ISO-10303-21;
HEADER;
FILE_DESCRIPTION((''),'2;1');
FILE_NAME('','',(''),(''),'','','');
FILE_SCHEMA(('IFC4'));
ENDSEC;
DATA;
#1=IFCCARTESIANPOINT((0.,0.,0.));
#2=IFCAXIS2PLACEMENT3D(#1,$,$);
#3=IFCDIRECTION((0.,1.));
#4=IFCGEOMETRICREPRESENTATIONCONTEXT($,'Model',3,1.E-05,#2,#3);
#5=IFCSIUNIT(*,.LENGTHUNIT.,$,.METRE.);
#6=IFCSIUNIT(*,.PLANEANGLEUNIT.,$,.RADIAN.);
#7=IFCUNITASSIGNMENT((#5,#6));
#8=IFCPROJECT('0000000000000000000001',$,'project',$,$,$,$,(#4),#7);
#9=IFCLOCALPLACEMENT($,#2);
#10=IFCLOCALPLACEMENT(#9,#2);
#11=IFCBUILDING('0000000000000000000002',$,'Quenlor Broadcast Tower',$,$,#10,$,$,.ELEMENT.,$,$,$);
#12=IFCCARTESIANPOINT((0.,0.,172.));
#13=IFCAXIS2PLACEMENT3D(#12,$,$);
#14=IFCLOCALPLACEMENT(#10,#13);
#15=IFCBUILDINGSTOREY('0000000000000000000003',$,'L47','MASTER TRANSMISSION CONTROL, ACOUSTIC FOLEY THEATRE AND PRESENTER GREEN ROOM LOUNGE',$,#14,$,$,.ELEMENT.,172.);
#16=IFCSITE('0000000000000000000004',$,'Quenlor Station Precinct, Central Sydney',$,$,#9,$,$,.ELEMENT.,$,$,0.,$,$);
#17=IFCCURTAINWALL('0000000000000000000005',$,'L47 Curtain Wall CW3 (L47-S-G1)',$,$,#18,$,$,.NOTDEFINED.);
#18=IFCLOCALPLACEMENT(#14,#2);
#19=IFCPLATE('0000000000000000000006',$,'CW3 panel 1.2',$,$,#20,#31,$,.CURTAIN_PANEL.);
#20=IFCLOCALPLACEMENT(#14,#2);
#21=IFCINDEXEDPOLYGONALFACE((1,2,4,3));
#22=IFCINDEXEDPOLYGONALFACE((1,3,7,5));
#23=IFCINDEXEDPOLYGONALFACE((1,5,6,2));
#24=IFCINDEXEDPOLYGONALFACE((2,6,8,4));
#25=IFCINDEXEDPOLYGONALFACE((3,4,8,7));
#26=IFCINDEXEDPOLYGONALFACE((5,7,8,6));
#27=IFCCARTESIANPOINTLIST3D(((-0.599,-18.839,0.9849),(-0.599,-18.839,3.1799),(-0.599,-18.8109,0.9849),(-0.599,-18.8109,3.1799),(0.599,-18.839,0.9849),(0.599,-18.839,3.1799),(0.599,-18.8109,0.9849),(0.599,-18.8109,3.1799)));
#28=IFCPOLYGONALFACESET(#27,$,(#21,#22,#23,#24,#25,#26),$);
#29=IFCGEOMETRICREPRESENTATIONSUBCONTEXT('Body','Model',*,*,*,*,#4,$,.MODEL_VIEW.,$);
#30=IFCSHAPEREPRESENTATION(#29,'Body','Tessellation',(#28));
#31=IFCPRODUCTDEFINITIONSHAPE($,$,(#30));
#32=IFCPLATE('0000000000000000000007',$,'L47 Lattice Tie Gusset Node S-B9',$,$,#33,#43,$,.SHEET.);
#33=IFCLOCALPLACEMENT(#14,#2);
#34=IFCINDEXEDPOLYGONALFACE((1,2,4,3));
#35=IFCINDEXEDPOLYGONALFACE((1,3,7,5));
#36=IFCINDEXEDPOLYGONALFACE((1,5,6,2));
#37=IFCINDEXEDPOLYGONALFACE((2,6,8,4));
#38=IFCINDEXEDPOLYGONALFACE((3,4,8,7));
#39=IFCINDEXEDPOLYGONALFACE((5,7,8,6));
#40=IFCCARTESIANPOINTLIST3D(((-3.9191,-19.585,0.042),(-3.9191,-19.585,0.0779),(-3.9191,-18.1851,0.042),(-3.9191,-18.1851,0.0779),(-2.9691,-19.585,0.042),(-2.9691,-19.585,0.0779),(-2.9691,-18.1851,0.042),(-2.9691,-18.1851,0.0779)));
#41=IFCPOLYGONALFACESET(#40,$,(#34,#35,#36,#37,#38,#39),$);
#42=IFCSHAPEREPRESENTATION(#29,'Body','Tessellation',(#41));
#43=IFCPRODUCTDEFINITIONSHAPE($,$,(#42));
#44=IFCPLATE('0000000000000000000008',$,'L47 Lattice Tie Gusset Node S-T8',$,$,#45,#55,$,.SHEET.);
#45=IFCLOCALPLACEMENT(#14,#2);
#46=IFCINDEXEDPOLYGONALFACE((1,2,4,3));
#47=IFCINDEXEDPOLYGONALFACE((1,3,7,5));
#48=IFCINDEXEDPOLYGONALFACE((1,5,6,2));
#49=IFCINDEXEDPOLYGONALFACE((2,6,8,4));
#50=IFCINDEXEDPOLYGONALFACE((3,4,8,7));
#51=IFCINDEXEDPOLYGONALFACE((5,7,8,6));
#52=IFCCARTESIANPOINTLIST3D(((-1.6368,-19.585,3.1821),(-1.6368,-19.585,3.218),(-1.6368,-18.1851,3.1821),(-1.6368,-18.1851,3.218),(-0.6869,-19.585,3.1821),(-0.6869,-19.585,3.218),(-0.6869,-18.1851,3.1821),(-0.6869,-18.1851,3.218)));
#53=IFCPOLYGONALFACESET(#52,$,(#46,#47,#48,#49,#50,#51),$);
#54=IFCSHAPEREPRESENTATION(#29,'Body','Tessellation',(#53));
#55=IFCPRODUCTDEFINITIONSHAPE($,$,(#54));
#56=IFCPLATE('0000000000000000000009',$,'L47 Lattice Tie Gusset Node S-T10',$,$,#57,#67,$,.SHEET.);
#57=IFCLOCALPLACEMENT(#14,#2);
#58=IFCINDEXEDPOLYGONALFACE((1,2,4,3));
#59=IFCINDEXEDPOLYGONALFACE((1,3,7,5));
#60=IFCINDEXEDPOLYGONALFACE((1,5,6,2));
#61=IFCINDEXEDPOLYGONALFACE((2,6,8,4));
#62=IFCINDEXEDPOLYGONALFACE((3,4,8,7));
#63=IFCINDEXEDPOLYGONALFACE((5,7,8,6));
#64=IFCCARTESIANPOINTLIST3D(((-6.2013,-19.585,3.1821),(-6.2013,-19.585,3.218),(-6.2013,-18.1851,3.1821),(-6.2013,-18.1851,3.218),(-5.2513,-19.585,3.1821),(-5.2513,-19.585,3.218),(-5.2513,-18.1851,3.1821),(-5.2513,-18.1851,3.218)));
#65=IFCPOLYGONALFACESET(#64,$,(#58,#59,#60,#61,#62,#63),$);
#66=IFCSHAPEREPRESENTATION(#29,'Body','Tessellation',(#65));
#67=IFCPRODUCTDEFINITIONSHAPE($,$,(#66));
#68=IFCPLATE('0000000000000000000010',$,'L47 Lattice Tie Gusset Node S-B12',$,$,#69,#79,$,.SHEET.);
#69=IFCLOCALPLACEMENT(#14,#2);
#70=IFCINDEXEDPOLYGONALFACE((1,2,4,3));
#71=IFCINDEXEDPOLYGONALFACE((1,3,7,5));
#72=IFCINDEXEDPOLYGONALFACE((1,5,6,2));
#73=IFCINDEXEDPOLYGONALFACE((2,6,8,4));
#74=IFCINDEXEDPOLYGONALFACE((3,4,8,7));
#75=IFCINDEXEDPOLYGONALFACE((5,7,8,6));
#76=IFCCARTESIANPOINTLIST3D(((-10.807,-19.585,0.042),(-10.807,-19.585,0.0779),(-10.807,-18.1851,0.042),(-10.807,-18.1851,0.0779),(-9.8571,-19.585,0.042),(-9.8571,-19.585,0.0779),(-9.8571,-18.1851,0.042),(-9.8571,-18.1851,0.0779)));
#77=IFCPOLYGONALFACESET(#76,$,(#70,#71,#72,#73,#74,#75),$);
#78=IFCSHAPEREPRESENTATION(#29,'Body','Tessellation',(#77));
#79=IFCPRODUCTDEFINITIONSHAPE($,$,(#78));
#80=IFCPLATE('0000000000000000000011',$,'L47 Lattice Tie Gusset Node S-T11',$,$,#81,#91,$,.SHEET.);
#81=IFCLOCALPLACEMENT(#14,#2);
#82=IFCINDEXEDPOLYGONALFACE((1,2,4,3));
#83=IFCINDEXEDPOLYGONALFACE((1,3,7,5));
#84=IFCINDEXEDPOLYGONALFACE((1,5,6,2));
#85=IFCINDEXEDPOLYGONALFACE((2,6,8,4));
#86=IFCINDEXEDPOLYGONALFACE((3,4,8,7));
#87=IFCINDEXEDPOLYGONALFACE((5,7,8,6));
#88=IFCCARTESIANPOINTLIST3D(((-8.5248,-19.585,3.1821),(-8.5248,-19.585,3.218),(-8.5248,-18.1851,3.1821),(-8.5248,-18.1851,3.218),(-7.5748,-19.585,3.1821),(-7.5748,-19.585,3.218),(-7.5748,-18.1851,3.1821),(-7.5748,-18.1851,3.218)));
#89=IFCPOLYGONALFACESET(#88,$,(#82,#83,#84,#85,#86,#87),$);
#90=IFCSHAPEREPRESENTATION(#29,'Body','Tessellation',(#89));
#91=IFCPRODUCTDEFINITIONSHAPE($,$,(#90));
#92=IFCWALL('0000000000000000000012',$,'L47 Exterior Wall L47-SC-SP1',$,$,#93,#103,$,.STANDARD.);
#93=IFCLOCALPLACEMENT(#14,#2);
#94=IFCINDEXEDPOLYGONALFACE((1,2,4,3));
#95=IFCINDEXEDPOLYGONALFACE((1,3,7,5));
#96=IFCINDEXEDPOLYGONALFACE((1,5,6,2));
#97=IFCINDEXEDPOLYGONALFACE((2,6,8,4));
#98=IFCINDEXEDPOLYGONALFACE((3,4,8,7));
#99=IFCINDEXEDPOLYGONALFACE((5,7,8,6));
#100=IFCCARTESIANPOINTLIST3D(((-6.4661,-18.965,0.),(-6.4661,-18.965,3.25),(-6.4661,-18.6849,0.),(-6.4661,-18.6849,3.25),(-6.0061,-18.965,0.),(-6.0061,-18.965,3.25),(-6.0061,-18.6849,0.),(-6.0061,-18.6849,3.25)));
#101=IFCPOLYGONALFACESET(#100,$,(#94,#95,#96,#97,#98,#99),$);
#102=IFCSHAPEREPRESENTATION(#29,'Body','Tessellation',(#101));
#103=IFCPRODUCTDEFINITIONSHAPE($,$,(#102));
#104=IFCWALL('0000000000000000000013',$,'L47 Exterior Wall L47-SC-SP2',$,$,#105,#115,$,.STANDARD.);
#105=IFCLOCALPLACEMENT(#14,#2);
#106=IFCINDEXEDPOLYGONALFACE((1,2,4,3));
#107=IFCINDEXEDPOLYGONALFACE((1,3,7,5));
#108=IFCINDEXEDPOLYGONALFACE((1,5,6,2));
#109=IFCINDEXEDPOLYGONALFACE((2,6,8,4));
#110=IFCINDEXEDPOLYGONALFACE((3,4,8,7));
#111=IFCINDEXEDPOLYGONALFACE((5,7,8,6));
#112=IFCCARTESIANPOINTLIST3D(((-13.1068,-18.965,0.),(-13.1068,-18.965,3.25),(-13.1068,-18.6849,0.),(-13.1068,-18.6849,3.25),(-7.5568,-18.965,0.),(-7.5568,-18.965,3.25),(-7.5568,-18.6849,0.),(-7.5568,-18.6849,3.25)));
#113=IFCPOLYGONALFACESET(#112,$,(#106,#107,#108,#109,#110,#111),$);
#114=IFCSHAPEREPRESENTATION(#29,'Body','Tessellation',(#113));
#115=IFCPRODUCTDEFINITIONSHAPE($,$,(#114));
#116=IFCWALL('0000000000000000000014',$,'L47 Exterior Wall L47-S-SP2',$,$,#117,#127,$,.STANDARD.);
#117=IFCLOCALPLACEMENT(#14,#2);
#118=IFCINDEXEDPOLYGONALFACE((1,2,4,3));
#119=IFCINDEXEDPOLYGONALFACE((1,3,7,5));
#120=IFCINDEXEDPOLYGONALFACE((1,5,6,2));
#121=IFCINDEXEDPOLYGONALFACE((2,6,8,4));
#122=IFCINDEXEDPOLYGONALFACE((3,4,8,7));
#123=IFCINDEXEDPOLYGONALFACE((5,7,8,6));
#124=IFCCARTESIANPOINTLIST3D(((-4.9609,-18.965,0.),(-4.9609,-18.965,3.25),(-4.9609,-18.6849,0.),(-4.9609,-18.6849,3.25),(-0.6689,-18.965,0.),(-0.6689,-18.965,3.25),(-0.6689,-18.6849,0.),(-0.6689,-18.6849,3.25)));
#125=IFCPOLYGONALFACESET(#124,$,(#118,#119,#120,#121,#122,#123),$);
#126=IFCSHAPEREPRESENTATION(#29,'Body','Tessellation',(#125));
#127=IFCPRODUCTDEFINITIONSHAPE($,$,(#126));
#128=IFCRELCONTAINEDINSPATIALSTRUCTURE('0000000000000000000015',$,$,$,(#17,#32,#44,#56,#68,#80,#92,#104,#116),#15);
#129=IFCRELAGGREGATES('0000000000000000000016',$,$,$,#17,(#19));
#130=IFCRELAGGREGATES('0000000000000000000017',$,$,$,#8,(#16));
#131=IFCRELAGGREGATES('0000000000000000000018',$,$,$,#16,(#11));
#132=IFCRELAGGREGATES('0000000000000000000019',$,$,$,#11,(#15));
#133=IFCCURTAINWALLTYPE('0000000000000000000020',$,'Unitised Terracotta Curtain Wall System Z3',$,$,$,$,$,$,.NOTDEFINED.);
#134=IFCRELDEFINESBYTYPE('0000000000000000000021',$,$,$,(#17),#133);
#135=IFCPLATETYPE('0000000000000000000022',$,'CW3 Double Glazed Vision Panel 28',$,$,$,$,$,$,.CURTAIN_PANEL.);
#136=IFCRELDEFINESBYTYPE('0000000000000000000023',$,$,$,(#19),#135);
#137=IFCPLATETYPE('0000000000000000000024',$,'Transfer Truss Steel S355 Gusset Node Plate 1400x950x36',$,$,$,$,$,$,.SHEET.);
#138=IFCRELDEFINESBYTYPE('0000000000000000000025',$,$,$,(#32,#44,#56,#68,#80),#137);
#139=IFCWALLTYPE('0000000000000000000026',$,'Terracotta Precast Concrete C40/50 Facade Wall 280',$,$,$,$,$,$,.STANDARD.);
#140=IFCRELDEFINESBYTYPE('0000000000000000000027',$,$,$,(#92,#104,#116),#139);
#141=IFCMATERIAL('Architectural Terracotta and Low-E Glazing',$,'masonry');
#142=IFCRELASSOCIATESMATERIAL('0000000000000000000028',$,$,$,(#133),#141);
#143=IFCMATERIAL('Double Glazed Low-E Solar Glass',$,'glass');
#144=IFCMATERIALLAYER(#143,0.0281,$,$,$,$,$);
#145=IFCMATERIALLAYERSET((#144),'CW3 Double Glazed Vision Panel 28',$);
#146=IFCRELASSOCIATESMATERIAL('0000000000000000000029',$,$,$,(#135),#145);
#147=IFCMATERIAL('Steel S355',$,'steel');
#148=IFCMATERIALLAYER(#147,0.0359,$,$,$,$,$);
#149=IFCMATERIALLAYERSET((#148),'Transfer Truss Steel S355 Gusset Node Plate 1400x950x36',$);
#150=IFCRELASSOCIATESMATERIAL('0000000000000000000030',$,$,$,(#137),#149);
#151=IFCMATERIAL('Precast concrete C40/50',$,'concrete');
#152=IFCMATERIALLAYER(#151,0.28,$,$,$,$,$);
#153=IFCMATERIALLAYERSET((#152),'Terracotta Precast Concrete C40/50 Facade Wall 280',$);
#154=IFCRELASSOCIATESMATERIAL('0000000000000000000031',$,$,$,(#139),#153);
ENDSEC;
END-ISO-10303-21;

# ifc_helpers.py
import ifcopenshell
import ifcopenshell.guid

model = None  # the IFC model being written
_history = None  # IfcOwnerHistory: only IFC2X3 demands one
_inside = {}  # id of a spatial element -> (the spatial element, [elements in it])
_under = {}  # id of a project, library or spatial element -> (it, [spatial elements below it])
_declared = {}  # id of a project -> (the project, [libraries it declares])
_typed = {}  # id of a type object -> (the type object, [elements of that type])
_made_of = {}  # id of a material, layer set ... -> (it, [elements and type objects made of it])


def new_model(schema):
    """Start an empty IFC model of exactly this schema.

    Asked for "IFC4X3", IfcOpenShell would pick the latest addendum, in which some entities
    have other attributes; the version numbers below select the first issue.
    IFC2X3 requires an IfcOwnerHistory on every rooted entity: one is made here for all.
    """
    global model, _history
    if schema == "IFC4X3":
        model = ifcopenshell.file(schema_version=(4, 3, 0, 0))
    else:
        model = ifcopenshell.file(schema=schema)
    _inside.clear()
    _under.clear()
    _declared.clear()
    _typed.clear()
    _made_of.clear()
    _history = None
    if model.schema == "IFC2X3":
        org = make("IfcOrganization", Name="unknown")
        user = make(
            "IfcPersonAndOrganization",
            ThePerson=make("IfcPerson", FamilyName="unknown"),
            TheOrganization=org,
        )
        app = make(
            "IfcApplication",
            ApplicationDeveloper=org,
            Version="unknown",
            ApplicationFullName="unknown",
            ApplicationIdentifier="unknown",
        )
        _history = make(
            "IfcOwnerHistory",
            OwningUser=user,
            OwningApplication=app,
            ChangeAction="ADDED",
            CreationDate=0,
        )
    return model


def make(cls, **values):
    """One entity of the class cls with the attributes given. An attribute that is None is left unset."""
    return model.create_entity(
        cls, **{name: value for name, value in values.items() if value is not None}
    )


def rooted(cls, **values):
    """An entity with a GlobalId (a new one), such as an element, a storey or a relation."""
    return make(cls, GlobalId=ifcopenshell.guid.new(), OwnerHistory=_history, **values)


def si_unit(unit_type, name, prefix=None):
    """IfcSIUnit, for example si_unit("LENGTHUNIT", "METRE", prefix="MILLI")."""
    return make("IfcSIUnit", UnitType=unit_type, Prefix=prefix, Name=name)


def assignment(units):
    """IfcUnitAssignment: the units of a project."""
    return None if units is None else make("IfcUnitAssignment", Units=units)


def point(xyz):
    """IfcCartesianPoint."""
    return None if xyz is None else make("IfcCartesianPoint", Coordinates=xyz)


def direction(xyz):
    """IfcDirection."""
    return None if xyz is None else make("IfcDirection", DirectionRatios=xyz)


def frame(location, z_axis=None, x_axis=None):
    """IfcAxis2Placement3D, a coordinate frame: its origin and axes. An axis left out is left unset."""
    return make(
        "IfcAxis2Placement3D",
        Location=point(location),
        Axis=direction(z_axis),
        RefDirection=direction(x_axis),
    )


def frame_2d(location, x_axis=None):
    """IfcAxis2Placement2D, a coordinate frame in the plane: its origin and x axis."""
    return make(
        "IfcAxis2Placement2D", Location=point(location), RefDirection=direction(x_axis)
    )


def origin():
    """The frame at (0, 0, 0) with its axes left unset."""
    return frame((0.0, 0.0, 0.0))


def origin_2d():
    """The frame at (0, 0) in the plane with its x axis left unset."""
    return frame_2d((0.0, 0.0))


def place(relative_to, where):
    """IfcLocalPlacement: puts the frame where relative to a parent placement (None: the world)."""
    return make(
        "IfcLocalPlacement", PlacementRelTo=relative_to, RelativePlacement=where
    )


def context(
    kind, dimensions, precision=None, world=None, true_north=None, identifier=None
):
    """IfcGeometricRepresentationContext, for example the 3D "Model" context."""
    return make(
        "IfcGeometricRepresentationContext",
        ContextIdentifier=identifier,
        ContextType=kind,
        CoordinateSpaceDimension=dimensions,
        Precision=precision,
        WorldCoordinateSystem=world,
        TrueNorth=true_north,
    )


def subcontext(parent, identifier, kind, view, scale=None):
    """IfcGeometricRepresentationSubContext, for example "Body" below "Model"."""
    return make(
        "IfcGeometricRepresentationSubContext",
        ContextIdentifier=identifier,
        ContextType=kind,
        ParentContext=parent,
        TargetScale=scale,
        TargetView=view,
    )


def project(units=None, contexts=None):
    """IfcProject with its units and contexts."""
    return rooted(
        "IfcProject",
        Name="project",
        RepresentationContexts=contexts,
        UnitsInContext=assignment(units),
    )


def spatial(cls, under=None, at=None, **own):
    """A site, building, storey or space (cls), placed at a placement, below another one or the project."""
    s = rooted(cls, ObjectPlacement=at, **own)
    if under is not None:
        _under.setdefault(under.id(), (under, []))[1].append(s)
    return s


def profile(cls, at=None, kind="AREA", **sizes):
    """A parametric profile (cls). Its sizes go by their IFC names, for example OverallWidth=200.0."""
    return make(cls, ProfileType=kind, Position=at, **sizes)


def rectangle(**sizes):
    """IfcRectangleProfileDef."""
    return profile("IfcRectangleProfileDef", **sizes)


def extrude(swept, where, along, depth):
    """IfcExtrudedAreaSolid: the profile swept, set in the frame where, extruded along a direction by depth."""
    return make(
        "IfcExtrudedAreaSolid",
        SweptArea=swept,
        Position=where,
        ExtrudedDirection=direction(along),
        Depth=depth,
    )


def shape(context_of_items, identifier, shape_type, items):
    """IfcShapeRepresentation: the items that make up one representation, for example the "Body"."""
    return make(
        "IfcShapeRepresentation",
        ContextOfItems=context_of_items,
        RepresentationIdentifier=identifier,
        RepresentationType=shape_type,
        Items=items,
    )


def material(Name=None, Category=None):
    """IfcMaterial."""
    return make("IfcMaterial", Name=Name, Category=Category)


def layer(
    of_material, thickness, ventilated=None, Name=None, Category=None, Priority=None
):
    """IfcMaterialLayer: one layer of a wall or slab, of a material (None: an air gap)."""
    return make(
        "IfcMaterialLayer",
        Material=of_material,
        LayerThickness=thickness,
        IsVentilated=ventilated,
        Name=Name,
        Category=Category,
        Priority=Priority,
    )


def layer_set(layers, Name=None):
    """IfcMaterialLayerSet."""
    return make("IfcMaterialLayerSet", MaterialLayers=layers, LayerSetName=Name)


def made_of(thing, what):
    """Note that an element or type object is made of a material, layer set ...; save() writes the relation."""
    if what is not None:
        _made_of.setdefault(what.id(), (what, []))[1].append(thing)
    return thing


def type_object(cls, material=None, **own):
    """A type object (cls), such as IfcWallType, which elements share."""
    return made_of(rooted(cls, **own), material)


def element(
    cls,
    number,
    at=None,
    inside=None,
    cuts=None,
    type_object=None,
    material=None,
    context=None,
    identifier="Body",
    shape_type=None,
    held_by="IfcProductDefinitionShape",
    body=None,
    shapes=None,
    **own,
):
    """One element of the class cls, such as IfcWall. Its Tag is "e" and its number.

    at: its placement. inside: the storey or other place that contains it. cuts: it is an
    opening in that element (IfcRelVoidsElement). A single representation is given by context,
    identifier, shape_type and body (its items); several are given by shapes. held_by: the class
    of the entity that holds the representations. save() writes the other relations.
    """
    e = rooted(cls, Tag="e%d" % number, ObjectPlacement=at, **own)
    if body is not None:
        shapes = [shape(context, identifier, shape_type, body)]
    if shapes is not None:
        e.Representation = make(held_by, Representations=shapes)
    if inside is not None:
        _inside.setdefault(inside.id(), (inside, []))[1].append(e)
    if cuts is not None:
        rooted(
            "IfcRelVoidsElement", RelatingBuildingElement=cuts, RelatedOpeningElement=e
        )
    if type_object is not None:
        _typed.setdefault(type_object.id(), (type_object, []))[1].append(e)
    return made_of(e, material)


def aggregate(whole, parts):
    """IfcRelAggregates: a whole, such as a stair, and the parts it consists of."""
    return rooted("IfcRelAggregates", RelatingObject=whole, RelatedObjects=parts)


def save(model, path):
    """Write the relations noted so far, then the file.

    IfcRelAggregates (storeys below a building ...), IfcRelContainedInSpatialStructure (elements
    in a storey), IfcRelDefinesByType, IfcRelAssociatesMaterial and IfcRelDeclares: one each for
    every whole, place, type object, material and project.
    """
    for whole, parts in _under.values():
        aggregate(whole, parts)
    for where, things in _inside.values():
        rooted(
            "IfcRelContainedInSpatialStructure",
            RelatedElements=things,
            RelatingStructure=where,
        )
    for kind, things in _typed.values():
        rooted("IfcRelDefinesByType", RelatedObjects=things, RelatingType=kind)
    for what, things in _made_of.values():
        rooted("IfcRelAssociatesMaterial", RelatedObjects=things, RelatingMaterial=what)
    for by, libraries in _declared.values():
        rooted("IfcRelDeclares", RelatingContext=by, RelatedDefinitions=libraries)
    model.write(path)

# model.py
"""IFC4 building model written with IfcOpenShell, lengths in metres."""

from ifc_helpers import new_model, si_unit, direction, frame, frame_2d, origin, origin_2d, place, context, subcontext, project, spatial, rectangle, extrude, material, layer, layer_set, type_object, element, aggregate, save


model = new_model("IFC4")

# Units and contexts
model_context = context("Model", 3, precision=1e-05, world=origin(), true_north=direction((0.0, 1.0)))
body_context = subcontext(model_context, "Body", "Model", "MODEL_VIEW")
ifc_project = project(units=[si_unit("LENGTHUNIT", "METRE"), si_unit("PLANEANGLEUNIT", "RADIAN")], contexts=[model_context])

# Site, building, storey
site_placement = place(None, origin())
site = spatial("IfcSite", under=ifc_project, at=site_placement, Name="Quenlor Station Precinct, Central Sydney", CompositionType="ELEMENT", RefElevation=0.0)
building_placement = place(site_placement, origin())
building = spatial("IfcBuilding", under=site, at=building_placement, Name="Quenlor Broadcast Tower", CompositionType="ELEMENT")
storey_placement = place(building_placement, frame((0.0, 0.0, 172.0)))
storey = spatial("IfcBuildingStorey", under=building, at=storey_placement, Name="L47", Description="MASTER TRANSMISSION CONTROL, ACOUSTIC FOLEY THEATRE AND PRESENTER GREEN ROOM LOUNGE", CompositionType="ELEMENT", Elevation=172.0)

# Shared definitions
ifc_material_1 = material(Name="Architectural Terracotta and Low-E Glazing", Category="masonry")
curtain_wall_type = type_object("IfcCurtainWallType", Name="Unitised Terracotta Curtain Wall System Z3", PredefinedType="NOTDEFINED", material=ifc_material_1)

# Curtain wall
curtain_wall_1_placement = place(storey_placement, origin())
curtain_wall_1 = element("IfcCurtainWall", 1, at=curtain_wall_1_placement, inside=storey, type_object=curtain_wall_type, Name="L47 Curtain Wall CW3 (L47-S-G1)", PredefinedType="NOTDEFINED")

# Plate
ifc_material_2 = material(Name="Double Glazed Low-E Solar Glass", Category="glass")
ifc_layer_1 = layer(ifc_material_2, 0.0281)
ifc_layer_set_1 = layer_set([ifc_layer_1], Name="CW3 Double Glazed Vision Panel 28")
plate_type_1 = type_object("IfcPlateType", Name="CW3 Double Glazed Vision Panel 28", PredefinedType="CURTAIN_PANEL", material=ifc_layer_set_1)
plate_1_placement = place(storey_placement, frame((0.0, -18.825, 0.9849), z_axis=(0.0, 0.0, 1.0), x_axis=(-1.0, 0.0, 0.0)))
plate_1 = element("IfcPlate", 2, at=plate_1_placement, type_object=plate_type_1, Name="CW3 panel 1.2", PredefinedType="CURTAIN_PANEL", context=body_context, shape_type="SweptSolid", body=[
    extrude(rectangle(XDim=1.198, YDim=0.0281, at=origin_2d()), origin(), (0.0, 0.0, 1.0), 2.1951),
])
aggregate(curtain_wall_1, [plate_1])

# Plates
ifc_material_3 = material(Name="Steel S355", Category="steel")
ifc_layer_2 = layer(ifc_material_3, 0.0359)
ifc_layer_set_2 = layer_set([ifc_layer_2], Name="Transfer Truss Steel S355 Gusset Node Plate 1400x950x36")
plate_type_2 = type_object("IfcPlateType", Name="Transfer Truss Steel S355 Gusset Node Plate 1400x950x36", PredefinedType="SHEET", material=ifc_layer_set_2)
for number, where, z_axis, x_axis, name in (
    (3, (-3.4441, -18.885, 0.042), (0.0, 0.0, 1.0), (0.0, -1.0, 0.0), "L47 Lattice Tie Gusset Node S-B9"),
    (4, (-1.1619, -18.885, 3.1821), (0.0, 0.0, 1.0), (0.0, -1.0, 0.0), "L47 Lattice Tie Gusset Node S-T8"),
    (5, (-5.7263, -18.885, 3.1821), (0.0, 0.0, 1.0), (0.0, -1.0, 0.0), "L47 Lattice Tie Gusset Node S-T10"),
    (6, (-10.332, -18.885, 0.042), (0.0, 0.0, 1.0), (0.0, -1.0, 0.0), "L47 Lattice Tie Gusset Node S-B12"),
    (7, (-8.0498, -18.885, 3.1821), (0.0, 0.0, 1.0), (0.0, -1.0, 0.0), "L47 Lattice Tie Gusset Node S-T11"),
):
    element("IfcPlate", number, at=place(storey_placement, frame(where, z_axis=z_axis, x_axis=x_axis)), inside=storey, type_object=plate_type_2, Name=name, PredefinedType="SHEET", context=body_context, shape_type="SweptSolid", body=[
        extrude(rectangle(XDim=1.3999, YDim=0.95, at=origin_2d()), origin(), (0.0, 0.0, 1.0), 0.0359),
    ])

# Walls
ifc_material_4 = material(Name="Precast concrete C40/50", Category="concrete")
ifc_layer_3 = layer(ifc_material_4, 0.28)
ifc_layer_set_3 = layer_set([ifc_layer_3], Name="Terracotta Precast Concrete C40/50 Facade Wall 280")
wall_type = type_object("IfcWallType", Name="Terracotta Precast Concrete C40/50 Facade Wall 280", PredefinedType="STANDARD", material=ifc_layer_set_3)
wall_1_placement = place(storey_placement, frame((-6.0061, -18.825, 0.0), z_axis=(0.0, 0.0, 1.0), x_axis=(-1.0, 0.0, 0.0)))
element("IfcWall", 8, at=wall_1_placement, inside=storey, type_object=wall_type, Name="L47 Exterior Wall L47-SC-SP1", PredefinedType="STANDARD", context=body_context, shape_type="SweptSolid", body=[
    extrude(rectangle(XDim=0.46, YDim=0.28, at=frame_2d((0.23, 0.0))), origin(), (0.0, 0.0, 1.0), 3.25),
])
wall_2_placement = place(storey_placement, frame((-7.5569, -18.825, 0.0), z_axis=(0.0, 0.0, 1.0), x_axis=(-1.0, 0.0, 0.0)))
element("IfcWall", 9, at=wall_2_placement, inside=storey, type_object=wall_type, Name="L47 Exterior Wall L47-SC-SP2", PredefinedType="STANDARD", context=body_context, shape_type="SweptSolid", body=[
    extrude(rectangle(XDim=5.55, YDim=0.28, at=frame_2d((2.7749, 0.0))), origin(), (0.0, 0.0, 1.0), 3.25),
])
wall_3_placement = place(storey_placement, frame((-0.6689, -18.825, 0.0), z_axis=(0.0, 0.0, 1.0), x_axis=(-1.0, 0.0, 0.0)))
element("IfcWall", 10, at=wall_3_placement, inside=storey, type_object=wall_type, Name="L47 Exterior Wall L47-S-SP2", PredefinedType="STANDARD", context=body_context, shape_type="SweptSolid", body=[
    extrude(rectangle(XDim=4.292, YDim=0.28, at=frame_2d((2.146, 0.0))), origin(), (0.0, 0.0, 1.0), 3.25),
])

save(model, "model.ifc")
